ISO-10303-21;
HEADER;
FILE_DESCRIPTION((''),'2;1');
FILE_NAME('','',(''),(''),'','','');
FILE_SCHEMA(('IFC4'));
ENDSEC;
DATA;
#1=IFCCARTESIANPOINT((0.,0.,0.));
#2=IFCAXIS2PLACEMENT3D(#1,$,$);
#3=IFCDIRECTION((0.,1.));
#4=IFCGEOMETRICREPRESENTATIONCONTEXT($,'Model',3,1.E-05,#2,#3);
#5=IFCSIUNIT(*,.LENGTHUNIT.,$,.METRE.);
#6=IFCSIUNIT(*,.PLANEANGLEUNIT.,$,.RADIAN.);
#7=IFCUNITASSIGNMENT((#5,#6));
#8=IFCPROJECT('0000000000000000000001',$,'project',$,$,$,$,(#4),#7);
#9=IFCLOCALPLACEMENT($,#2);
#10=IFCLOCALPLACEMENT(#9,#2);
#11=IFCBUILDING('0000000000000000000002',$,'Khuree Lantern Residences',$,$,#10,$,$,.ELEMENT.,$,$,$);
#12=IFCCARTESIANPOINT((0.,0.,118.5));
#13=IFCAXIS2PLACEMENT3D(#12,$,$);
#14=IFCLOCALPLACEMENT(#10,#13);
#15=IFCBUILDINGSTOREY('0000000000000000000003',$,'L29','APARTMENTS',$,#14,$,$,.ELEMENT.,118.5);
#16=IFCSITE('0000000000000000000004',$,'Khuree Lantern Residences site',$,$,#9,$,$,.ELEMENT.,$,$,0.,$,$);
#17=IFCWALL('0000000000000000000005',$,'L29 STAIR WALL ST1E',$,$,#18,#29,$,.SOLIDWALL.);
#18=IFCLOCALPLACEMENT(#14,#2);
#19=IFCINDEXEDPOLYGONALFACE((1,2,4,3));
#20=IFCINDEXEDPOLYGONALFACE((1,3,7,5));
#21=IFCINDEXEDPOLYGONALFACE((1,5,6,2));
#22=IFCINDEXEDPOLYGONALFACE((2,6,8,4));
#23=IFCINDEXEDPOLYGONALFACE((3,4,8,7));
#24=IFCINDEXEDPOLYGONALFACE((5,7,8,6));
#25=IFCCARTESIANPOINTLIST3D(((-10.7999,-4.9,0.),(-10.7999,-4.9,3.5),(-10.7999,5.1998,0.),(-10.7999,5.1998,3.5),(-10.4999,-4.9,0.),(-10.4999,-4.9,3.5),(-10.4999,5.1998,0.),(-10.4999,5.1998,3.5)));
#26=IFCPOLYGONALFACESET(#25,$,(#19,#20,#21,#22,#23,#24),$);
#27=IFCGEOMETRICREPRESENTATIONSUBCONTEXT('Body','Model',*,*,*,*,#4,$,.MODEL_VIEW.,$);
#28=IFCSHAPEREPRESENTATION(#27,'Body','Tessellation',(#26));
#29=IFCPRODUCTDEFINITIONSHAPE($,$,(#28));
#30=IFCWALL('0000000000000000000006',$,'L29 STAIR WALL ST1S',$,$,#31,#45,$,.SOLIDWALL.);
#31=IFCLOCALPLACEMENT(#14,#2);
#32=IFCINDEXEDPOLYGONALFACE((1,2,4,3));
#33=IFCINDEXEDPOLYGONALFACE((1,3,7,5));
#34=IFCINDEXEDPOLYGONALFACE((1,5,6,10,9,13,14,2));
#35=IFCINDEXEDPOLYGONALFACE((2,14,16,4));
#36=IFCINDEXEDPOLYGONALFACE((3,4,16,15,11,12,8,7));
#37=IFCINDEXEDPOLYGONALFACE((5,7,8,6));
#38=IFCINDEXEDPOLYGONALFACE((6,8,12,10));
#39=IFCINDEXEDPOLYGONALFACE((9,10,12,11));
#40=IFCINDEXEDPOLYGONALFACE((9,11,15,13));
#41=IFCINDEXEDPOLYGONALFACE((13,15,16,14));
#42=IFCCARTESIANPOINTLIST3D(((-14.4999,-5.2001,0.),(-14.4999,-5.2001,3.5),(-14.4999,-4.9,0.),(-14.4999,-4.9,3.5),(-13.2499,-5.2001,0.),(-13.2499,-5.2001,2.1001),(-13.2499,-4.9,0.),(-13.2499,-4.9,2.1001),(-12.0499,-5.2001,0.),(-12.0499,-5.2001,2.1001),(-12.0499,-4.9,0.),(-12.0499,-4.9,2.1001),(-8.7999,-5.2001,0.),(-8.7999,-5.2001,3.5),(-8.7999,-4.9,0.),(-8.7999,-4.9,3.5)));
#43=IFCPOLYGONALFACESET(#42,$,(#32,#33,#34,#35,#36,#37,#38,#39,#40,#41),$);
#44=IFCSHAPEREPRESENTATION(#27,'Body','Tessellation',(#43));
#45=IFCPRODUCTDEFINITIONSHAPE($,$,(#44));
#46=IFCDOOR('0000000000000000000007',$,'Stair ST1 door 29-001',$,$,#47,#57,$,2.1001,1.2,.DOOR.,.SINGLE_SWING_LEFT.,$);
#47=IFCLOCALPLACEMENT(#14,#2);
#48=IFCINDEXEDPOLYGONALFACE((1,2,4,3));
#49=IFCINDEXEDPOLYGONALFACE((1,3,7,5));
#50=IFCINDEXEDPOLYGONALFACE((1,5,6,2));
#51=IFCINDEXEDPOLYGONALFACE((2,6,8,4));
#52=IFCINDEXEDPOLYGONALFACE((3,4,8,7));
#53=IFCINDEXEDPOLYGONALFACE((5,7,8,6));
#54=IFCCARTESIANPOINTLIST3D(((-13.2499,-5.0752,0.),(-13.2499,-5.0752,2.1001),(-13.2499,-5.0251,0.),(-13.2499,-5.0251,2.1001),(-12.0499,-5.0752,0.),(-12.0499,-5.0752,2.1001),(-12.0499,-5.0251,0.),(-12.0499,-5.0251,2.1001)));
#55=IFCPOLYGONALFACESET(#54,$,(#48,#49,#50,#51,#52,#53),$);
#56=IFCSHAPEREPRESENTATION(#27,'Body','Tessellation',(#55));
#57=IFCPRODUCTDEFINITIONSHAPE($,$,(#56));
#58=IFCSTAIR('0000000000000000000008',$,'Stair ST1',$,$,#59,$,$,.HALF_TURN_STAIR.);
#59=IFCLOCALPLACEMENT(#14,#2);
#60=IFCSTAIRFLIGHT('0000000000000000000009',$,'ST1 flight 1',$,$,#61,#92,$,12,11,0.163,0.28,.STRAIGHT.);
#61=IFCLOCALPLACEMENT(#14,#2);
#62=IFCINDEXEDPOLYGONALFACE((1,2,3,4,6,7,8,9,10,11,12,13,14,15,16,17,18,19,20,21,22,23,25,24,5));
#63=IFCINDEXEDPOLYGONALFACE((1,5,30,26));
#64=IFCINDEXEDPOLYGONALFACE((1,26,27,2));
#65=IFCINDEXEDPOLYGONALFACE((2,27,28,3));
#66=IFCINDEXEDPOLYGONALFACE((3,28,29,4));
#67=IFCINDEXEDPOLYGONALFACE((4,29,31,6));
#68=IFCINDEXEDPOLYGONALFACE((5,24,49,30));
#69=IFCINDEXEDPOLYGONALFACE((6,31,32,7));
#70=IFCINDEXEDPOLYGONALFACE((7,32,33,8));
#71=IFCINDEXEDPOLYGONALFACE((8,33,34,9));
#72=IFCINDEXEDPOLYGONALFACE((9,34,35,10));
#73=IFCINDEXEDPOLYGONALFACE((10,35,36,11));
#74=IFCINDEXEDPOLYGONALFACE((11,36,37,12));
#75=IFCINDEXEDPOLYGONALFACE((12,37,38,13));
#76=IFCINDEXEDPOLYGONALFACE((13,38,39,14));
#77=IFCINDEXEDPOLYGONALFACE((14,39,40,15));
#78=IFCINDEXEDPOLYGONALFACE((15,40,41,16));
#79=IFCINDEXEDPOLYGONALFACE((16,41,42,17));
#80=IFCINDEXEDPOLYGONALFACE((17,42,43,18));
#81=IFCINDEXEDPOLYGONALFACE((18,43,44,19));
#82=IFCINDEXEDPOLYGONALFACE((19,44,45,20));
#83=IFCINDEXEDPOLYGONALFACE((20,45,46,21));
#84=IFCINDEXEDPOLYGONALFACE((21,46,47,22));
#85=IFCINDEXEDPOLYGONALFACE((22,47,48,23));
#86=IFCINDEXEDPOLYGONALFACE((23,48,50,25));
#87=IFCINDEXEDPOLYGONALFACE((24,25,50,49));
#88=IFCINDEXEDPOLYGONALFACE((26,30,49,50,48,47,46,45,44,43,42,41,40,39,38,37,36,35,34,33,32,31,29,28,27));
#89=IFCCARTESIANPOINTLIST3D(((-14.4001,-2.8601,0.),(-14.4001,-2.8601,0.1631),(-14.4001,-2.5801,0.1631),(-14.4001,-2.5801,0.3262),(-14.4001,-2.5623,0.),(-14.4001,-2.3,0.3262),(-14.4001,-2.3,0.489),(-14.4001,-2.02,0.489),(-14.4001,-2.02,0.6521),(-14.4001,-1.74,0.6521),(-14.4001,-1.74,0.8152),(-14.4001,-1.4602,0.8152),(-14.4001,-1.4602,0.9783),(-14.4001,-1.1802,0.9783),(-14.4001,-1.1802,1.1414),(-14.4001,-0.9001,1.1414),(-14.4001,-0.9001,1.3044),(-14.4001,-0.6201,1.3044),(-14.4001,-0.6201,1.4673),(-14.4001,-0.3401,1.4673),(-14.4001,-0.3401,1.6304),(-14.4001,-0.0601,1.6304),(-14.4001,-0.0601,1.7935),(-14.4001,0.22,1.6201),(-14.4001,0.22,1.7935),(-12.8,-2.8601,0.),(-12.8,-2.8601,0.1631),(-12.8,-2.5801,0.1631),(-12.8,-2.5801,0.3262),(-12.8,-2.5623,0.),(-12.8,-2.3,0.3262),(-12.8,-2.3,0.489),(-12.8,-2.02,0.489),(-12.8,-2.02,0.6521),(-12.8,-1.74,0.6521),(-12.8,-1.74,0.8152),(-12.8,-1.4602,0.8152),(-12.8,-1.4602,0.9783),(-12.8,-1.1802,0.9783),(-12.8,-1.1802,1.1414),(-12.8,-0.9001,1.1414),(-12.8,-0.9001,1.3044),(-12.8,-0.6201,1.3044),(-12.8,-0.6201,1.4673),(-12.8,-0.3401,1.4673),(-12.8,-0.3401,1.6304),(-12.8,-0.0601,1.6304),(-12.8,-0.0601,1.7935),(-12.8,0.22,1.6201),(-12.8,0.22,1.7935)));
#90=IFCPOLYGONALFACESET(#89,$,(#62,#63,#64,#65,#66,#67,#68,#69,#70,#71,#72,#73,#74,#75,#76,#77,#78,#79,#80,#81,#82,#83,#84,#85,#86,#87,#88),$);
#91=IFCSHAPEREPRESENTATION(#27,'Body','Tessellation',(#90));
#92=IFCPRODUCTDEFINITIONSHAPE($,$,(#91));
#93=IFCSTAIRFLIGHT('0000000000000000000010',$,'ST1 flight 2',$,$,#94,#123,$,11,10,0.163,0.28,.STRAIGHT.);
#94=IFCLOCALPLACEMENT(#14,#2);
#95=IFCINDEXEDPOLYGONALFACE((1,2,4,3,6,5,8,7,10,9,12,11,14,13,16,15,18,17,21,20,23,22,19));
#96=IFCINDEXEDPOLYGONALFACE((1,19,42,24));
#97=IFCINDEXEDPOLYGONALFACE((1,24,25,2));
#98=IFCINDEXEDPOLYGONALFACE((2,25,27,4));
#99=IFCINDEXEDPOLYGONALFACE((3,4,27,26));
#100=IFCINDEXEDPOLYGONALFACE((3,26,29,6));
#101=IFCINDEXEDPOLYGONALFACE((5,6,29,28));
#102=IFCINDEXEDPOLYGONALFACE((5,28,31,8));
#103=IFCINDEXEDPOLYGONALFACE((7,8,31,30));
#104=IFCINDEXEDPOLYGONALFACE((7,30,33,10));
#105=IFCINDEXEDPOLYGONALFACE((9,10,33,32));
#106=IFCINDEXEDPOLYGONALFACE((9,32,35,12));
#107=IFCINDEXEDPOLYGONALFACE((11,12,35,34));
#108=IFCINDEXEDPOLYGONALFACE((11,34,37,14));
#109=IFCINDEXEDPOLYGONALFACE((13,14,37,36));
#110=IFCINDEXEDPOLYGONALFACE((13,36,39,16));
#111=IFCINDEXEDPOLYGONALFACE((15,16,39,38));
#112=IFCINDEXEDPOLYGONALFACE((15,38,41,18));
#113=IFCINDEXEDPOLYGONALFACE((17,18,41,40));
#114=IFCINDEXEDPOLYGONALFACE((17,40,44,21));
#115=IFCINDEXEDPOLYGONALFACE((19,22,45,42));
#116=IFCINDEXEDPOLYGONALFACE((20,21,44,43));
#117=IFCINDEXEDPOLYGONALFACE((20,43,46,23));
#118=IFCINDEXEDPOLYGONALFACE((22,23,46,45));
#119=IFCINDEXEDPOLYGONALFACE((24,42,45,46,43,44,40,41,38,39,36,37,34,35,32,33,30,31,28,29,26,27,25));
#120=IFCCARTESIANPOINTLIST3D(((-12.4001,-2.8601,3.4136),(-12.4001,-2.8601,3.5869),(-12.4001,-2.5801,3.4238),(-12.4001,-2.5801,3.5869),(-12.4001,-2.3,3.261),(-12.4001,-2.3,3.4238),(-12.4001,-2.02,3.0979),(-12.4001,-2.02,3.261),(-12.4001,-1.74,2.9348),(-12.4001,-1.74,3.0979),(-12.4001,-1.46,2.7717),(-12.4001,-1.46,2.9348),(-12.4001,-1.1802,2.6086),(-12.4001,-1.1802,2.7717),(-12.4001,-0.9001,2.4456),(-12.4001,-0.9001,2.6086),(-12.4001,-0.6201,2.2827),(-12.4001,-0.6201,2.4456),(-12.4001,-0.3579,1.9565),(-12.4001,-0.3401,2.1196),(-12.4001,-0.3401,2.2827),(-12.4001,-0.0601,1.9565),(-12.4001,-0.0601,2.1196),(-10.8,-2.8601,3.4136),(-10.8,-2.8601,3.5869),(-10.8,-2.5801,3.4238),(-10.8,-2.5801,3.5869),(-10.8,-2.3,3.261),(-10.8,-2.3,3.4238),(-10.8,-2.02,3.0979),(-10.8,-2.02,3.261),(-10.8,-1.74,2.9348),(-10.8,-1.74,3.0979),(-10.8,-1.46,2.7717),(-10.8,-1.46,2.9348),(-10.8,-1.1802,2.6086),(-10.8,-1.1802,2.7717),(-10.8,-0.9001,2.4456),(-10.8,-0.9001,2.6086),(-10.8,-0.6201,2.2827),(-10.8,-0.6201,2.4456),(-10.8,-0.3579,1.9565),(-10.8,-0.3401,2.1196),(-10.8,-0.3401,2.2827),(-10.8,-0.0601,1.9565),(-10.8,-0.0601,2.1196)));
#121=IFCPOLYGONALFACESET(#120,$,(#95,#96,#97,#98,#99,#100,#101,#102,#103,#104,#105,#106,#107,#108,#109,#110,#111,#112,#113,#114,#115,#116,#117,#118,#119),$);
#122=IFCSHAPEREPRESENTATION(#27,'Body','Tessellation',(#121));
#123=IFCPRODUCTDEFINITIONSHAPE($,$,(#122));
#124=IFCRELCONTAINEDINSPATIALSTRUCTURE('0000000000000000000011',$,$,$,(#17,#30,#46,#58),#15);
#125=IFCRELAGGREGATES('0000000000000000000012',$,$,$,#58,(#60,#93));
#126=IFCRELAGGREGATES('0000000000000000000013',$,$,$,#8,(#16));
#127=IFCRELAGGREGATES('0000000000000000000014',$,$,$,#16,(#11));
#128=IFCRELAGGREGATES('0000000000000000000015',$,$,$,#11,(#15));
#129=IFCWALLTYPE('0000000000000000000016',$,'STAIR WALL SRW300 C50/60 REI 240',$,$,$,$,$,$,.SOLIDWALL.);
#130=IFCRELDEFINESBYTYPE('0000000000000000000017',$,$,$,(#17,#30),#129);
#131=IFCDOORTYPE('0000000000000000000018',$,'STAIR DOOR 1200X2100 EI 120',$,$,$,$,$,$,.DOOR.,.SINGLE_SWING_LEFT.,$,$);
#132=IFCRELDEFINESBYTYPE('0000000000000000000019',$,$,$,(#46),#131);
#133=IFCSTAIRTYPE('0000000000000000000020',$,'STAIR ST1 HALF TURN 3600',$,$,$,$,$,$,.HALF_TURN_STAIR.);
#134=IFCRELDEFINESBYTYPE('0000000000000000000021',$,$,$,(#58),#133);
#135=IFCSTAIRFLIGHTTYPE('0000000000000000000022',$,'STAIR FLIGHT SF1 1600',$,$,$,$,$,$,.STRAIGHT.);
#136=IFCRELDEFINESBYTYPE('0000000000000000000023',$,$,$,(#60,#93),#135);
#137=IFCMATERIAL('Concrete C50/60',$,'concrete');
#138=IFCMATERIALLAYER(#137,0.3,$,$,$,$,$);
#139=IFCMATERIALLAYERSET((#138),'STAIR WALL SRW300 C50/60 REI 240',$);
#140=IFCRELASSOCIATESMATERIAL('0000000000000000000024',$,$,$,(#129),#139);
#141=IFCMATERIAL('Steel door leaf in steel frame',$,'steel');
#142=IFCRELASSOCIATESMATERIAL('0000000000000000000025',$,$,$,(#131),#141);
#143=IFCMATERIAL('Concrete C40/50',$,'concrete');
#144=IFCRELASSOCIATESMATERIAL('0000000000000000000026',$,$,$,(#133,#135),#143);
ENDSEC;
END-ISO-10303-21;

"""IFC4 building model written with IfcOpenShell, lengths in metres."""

from ifc_helpers import new_model, si_unit, direction, frame, frame_2d, origin, place, context, subcontext, project, spatial, polyline, rectangle, outline, extrude, material, layer, layer_set, type_object, element, fill, aggregate, save


model = new_model("IFC4")

# Units and contexts
model_context = context("Model", 3, precision=1e-05, world=origin(), true_north=direction((0.0, 1.0)))
body_context = subcontext(model_context, "Body", "Model", "MODEL_VIEW")
ifc_project = project(units=[si_unit("LENGTHUNIT", "METRE"), si_unit("PLANEANGLEUNIT", "RADIAN")], contexts=[model_context])

# Site, building, storey
site_placement = place(None, origin())
site = spatial("IfcSite", under=ifc_project, at=site_placement, Name="Khuree Lantern Residences site", CompositionType="ELEMENT", RefElevation=0.0)
building_placement = place(site_placement, origin())
building = spatial("IfcBuilding", under=site, at=building_placement, Name="Khuree Lantern Residences", CompositionType="ELEMENT")
storey_placement = place(building_placement, frame((0.0, 0.0, 118.5)))
storey = spatial("IfcBuildingStorey", under=building, at=storey_placement, Name="L29", Description="APARTMENTS", CompositionType="ELEMENT", Elevation=118.5)

# Shared definitions
ifc_material_1 = material(Name="Steel door leaf in steel frame", Category="steel")

# Wall
ifc_material_2 = material(Name="Concrete C50/60", Category="concrete")
ifc_layer_1 = layer(ifc_material_2, 0.3)
ifc_layer_set_1 = layer_set([ifc_layer_1], Name="STAIR WALL SRW300 C50/60 REI 240")
wall_type_1 = type_object("IfcWallType", Name="STAIR WALL SRW300 C50/60 REI 240", PredefinedType="SOLIDWALL", material=ifc_layer_set_1)
wall_1_placement = place(storey_placement, frame((-10.6499, -4.8999, 0.0), z_axis=(0.0, 0.0, 1.0), x_axis=(0.0, 1.0, 0.0)))
element("IfcWall", 1, at=wall_1_placement, inside=storey, type_object=wall_type_1, Name="L29 STAIR WALL ST1E", PredefinedType="SOLIDWALL", context=body_context, shape_type="SweptSolid", body=[
    extrude(rectangle(XDim=10.0999, YDim=0.3, at=frame_2d((5.0498, 0.0))), origin(), (0.0, 0.0, 1.0), 3.5),
])

# Wall, opening, door
wall_2_placement = place(storey_placement, frame((-14.5, -5.05, 0.0), z_axis=(0.0, 0.0, 1.0), x_axis=(1.0, 0.0, 0.0)))
wall_2 = element("IfcWall", 2, at=wall_2_placement, inside=storey, type_object=wall_type_1, Name="L29 STAIR WALL ST1S", PredefinedType="SOLIDWALL", context=body_context, shape_type="SweptSolid", body=[
    extrude(rectangle(XDim=5.7, YDim=0.3, at=frame_2d((2.8501, 0.0))), origin(), (0.0, 0.0, 1.0), 3.5),
])
opening_1_placement = place(wall_2_placement, frame((1.25, 0.0, 0.0)))
opening_1 = element("IfcOpeningElement", 3, at=opening_1_placement, cuts=wall_2, PredefinedType="OPENING", context=body_context, shape_type="SweptSolid", body=[
    extrude(rectangle(XDim=1.2, YDim=2.1001, at=frame_2d((0.6001, 1.05))), frame((0.0, 0.1602, 0.0), z_axis=(0.0, -1.0, 0.0), x_axis=(1.0, 0.0, 0.0)), (0.0, 0.0, 1.0), 0.3201),
])
door_type_1 = type_object("IfcDoorType", Name="STAIR DOOR 1200X2100 EI 120", OperationType="SINGLE_SWING_LEFT", PredefinedType="DOOR", material=ifc_material_1)
door_1_placement = place(opening_1_placement, origin())
door_1 = element("IfcDoor", 4, at=door_1_placement, inside=storey, type_object=door_type_1, Name="Stair ST1 door 29-001", OperationType="SINGLE_SWING_LEFT", OverallHeight=2.1001, OverallWidth=1.2, PredefinedType="DOOR", context=body_context, shape_type="SweptSolid", body=[
    extrude(rectangle(XDim=1.2, YDim=2.1001, at=frame_2d((0.6001, 1.05))), frame((0.0, 0.0249, 0.0), z_axis=(0.0, -1.0, 0.0), x_axis=(1.0, 0.0, 0.0)), (0.0, 0.0, 1.0), 0.05),
])
fill(opening_1, door_1)

# Stair, stair flights
ifc_material_3 = material(Name="Concrete C40/50", Category="concrete")
stair_type = type_object("IfcStairType", Name="STAIR ST1 HALF TURN 3600", PredefinedType="HALF_TURN_STAIR", material=ifc_material_3)
stair_placement = place(storey_placement, origin())
stair = element("IfcStair", 5, at=stair_placement, inside=storey, type_object=stair_type, Name="Stair ST1", PredefinedType="HALF_TURN_STAIR")
stair_flight_type = type_object("IfcStairFlightType", Name="STAIR FLIGHT SF1 1600", PredefinedType="STRAIGHT", material=ifc_material_3)
stair_flight_1_placement = place(storey_placement, frame((-13.6001, -2.8601, 0.0), z_axis=(0.0, 0.0, 1.0), x_axis=(0.0, 1.0, 0.0)))
stair_flight_1 = element("IfcStairFlight", 6, at=stair_flight_1_placement, type_object=stair_flight_type, Name="ST1 flight 1", NumberOfRisers=12, NumberOfTreads=11, PredefinedType="STRAIGHT", RiserHeight=0.163, TreadLength=0.28, context=body_context, shape_type="SweptSolid", body=[
    extrude(outline(polyline([(0.0, 0.0), (0.0, 0.1631), (0.28, 0.1631), (0.28, 0.3262), (0.5601, 0.3262), (0.5601, 0.489), (0.8401, 0.489), (0.8401, 0.6521), (1.1201, 0.6521), (1.1201, 0.8152), (1.3999, 0.8152), (1.3999, 0.9783), (1.6799, 0.9783), (1.6799, 1.1414), (1.96, 1.1414), (1.96, 1.3044), (2.24, 1.3044), (2.24, 1.4673), (2.52, 1.4673), (2.52, 1.6304), (2.8, 1.6304), (2.8, 1.7935), (3.0801, 1.7935), (3.0801, 1.9565), (3.0801, 1.6201), (0.2979, 0.0), (0.0, 0.0)])), frame((0.0, 0.8, 0.0), z_axis=(0.0, -1.0, 0.0), x_axis=(1.0, 0.0, 0.0)), (0.0, 0.0, 1.0), 1.6001),
])
stair_flight_2_placement = place(storey_placement, frame((-11.6001, -0.0601, 1.9565), z_axis=(0.0, 0.0, 1.0), x_axis=(0.0, -1.0, 0.0)))
stair_flight_2 = element("IfcStairFlight", 7, at=stair_flight_2_placement, type_object=stair_flight_type, Name="ST1 flight 2", NumberOfRisers=11, NumberOfTreads=10, PredefinedType="STRAIGHT", RiserHeight=0.163, TreadLength=0.28, context=body_context, shape_type="SweptSolid", body=[
    extrude(outline(polyline([(0.0, 0.0), (0.0, 0.1631), (0.28, 0.1631), (0.28, 0.3262), (0.5601, 0.3262), (0.5601, 0.489), (0.8401, 0.489), (0.8401, 0.6521), (1.1201, 0.6521), (1.1201, 0.8152), (1.3999, 0.8152), (1.3999, 0.9783), (1.6799, 0.9783), (1.6799, 1.1414), (1.96, 1.1414), (1.96, 1.3044), (2.24, 1.3044), (2.24, 1.4673), (2.52, 1.4673), (2.52, 1.6304), (2.8, 1.6304), (2.8, 1.7935), (2.8, 1.457), (0.2979, 0.0), (0.0, 0.0)])), frame((0.0, 0.8, 0.0), z_axis=(0.0, -1.0, 0.0), x_axis=(1.0, 0.0, 0.0)), (0.0, 0.0, 1.0), 1.6001),
])
aggregate(stair, [stair_flight_1, stair_flight_2])

save(model, "model.ifc")
